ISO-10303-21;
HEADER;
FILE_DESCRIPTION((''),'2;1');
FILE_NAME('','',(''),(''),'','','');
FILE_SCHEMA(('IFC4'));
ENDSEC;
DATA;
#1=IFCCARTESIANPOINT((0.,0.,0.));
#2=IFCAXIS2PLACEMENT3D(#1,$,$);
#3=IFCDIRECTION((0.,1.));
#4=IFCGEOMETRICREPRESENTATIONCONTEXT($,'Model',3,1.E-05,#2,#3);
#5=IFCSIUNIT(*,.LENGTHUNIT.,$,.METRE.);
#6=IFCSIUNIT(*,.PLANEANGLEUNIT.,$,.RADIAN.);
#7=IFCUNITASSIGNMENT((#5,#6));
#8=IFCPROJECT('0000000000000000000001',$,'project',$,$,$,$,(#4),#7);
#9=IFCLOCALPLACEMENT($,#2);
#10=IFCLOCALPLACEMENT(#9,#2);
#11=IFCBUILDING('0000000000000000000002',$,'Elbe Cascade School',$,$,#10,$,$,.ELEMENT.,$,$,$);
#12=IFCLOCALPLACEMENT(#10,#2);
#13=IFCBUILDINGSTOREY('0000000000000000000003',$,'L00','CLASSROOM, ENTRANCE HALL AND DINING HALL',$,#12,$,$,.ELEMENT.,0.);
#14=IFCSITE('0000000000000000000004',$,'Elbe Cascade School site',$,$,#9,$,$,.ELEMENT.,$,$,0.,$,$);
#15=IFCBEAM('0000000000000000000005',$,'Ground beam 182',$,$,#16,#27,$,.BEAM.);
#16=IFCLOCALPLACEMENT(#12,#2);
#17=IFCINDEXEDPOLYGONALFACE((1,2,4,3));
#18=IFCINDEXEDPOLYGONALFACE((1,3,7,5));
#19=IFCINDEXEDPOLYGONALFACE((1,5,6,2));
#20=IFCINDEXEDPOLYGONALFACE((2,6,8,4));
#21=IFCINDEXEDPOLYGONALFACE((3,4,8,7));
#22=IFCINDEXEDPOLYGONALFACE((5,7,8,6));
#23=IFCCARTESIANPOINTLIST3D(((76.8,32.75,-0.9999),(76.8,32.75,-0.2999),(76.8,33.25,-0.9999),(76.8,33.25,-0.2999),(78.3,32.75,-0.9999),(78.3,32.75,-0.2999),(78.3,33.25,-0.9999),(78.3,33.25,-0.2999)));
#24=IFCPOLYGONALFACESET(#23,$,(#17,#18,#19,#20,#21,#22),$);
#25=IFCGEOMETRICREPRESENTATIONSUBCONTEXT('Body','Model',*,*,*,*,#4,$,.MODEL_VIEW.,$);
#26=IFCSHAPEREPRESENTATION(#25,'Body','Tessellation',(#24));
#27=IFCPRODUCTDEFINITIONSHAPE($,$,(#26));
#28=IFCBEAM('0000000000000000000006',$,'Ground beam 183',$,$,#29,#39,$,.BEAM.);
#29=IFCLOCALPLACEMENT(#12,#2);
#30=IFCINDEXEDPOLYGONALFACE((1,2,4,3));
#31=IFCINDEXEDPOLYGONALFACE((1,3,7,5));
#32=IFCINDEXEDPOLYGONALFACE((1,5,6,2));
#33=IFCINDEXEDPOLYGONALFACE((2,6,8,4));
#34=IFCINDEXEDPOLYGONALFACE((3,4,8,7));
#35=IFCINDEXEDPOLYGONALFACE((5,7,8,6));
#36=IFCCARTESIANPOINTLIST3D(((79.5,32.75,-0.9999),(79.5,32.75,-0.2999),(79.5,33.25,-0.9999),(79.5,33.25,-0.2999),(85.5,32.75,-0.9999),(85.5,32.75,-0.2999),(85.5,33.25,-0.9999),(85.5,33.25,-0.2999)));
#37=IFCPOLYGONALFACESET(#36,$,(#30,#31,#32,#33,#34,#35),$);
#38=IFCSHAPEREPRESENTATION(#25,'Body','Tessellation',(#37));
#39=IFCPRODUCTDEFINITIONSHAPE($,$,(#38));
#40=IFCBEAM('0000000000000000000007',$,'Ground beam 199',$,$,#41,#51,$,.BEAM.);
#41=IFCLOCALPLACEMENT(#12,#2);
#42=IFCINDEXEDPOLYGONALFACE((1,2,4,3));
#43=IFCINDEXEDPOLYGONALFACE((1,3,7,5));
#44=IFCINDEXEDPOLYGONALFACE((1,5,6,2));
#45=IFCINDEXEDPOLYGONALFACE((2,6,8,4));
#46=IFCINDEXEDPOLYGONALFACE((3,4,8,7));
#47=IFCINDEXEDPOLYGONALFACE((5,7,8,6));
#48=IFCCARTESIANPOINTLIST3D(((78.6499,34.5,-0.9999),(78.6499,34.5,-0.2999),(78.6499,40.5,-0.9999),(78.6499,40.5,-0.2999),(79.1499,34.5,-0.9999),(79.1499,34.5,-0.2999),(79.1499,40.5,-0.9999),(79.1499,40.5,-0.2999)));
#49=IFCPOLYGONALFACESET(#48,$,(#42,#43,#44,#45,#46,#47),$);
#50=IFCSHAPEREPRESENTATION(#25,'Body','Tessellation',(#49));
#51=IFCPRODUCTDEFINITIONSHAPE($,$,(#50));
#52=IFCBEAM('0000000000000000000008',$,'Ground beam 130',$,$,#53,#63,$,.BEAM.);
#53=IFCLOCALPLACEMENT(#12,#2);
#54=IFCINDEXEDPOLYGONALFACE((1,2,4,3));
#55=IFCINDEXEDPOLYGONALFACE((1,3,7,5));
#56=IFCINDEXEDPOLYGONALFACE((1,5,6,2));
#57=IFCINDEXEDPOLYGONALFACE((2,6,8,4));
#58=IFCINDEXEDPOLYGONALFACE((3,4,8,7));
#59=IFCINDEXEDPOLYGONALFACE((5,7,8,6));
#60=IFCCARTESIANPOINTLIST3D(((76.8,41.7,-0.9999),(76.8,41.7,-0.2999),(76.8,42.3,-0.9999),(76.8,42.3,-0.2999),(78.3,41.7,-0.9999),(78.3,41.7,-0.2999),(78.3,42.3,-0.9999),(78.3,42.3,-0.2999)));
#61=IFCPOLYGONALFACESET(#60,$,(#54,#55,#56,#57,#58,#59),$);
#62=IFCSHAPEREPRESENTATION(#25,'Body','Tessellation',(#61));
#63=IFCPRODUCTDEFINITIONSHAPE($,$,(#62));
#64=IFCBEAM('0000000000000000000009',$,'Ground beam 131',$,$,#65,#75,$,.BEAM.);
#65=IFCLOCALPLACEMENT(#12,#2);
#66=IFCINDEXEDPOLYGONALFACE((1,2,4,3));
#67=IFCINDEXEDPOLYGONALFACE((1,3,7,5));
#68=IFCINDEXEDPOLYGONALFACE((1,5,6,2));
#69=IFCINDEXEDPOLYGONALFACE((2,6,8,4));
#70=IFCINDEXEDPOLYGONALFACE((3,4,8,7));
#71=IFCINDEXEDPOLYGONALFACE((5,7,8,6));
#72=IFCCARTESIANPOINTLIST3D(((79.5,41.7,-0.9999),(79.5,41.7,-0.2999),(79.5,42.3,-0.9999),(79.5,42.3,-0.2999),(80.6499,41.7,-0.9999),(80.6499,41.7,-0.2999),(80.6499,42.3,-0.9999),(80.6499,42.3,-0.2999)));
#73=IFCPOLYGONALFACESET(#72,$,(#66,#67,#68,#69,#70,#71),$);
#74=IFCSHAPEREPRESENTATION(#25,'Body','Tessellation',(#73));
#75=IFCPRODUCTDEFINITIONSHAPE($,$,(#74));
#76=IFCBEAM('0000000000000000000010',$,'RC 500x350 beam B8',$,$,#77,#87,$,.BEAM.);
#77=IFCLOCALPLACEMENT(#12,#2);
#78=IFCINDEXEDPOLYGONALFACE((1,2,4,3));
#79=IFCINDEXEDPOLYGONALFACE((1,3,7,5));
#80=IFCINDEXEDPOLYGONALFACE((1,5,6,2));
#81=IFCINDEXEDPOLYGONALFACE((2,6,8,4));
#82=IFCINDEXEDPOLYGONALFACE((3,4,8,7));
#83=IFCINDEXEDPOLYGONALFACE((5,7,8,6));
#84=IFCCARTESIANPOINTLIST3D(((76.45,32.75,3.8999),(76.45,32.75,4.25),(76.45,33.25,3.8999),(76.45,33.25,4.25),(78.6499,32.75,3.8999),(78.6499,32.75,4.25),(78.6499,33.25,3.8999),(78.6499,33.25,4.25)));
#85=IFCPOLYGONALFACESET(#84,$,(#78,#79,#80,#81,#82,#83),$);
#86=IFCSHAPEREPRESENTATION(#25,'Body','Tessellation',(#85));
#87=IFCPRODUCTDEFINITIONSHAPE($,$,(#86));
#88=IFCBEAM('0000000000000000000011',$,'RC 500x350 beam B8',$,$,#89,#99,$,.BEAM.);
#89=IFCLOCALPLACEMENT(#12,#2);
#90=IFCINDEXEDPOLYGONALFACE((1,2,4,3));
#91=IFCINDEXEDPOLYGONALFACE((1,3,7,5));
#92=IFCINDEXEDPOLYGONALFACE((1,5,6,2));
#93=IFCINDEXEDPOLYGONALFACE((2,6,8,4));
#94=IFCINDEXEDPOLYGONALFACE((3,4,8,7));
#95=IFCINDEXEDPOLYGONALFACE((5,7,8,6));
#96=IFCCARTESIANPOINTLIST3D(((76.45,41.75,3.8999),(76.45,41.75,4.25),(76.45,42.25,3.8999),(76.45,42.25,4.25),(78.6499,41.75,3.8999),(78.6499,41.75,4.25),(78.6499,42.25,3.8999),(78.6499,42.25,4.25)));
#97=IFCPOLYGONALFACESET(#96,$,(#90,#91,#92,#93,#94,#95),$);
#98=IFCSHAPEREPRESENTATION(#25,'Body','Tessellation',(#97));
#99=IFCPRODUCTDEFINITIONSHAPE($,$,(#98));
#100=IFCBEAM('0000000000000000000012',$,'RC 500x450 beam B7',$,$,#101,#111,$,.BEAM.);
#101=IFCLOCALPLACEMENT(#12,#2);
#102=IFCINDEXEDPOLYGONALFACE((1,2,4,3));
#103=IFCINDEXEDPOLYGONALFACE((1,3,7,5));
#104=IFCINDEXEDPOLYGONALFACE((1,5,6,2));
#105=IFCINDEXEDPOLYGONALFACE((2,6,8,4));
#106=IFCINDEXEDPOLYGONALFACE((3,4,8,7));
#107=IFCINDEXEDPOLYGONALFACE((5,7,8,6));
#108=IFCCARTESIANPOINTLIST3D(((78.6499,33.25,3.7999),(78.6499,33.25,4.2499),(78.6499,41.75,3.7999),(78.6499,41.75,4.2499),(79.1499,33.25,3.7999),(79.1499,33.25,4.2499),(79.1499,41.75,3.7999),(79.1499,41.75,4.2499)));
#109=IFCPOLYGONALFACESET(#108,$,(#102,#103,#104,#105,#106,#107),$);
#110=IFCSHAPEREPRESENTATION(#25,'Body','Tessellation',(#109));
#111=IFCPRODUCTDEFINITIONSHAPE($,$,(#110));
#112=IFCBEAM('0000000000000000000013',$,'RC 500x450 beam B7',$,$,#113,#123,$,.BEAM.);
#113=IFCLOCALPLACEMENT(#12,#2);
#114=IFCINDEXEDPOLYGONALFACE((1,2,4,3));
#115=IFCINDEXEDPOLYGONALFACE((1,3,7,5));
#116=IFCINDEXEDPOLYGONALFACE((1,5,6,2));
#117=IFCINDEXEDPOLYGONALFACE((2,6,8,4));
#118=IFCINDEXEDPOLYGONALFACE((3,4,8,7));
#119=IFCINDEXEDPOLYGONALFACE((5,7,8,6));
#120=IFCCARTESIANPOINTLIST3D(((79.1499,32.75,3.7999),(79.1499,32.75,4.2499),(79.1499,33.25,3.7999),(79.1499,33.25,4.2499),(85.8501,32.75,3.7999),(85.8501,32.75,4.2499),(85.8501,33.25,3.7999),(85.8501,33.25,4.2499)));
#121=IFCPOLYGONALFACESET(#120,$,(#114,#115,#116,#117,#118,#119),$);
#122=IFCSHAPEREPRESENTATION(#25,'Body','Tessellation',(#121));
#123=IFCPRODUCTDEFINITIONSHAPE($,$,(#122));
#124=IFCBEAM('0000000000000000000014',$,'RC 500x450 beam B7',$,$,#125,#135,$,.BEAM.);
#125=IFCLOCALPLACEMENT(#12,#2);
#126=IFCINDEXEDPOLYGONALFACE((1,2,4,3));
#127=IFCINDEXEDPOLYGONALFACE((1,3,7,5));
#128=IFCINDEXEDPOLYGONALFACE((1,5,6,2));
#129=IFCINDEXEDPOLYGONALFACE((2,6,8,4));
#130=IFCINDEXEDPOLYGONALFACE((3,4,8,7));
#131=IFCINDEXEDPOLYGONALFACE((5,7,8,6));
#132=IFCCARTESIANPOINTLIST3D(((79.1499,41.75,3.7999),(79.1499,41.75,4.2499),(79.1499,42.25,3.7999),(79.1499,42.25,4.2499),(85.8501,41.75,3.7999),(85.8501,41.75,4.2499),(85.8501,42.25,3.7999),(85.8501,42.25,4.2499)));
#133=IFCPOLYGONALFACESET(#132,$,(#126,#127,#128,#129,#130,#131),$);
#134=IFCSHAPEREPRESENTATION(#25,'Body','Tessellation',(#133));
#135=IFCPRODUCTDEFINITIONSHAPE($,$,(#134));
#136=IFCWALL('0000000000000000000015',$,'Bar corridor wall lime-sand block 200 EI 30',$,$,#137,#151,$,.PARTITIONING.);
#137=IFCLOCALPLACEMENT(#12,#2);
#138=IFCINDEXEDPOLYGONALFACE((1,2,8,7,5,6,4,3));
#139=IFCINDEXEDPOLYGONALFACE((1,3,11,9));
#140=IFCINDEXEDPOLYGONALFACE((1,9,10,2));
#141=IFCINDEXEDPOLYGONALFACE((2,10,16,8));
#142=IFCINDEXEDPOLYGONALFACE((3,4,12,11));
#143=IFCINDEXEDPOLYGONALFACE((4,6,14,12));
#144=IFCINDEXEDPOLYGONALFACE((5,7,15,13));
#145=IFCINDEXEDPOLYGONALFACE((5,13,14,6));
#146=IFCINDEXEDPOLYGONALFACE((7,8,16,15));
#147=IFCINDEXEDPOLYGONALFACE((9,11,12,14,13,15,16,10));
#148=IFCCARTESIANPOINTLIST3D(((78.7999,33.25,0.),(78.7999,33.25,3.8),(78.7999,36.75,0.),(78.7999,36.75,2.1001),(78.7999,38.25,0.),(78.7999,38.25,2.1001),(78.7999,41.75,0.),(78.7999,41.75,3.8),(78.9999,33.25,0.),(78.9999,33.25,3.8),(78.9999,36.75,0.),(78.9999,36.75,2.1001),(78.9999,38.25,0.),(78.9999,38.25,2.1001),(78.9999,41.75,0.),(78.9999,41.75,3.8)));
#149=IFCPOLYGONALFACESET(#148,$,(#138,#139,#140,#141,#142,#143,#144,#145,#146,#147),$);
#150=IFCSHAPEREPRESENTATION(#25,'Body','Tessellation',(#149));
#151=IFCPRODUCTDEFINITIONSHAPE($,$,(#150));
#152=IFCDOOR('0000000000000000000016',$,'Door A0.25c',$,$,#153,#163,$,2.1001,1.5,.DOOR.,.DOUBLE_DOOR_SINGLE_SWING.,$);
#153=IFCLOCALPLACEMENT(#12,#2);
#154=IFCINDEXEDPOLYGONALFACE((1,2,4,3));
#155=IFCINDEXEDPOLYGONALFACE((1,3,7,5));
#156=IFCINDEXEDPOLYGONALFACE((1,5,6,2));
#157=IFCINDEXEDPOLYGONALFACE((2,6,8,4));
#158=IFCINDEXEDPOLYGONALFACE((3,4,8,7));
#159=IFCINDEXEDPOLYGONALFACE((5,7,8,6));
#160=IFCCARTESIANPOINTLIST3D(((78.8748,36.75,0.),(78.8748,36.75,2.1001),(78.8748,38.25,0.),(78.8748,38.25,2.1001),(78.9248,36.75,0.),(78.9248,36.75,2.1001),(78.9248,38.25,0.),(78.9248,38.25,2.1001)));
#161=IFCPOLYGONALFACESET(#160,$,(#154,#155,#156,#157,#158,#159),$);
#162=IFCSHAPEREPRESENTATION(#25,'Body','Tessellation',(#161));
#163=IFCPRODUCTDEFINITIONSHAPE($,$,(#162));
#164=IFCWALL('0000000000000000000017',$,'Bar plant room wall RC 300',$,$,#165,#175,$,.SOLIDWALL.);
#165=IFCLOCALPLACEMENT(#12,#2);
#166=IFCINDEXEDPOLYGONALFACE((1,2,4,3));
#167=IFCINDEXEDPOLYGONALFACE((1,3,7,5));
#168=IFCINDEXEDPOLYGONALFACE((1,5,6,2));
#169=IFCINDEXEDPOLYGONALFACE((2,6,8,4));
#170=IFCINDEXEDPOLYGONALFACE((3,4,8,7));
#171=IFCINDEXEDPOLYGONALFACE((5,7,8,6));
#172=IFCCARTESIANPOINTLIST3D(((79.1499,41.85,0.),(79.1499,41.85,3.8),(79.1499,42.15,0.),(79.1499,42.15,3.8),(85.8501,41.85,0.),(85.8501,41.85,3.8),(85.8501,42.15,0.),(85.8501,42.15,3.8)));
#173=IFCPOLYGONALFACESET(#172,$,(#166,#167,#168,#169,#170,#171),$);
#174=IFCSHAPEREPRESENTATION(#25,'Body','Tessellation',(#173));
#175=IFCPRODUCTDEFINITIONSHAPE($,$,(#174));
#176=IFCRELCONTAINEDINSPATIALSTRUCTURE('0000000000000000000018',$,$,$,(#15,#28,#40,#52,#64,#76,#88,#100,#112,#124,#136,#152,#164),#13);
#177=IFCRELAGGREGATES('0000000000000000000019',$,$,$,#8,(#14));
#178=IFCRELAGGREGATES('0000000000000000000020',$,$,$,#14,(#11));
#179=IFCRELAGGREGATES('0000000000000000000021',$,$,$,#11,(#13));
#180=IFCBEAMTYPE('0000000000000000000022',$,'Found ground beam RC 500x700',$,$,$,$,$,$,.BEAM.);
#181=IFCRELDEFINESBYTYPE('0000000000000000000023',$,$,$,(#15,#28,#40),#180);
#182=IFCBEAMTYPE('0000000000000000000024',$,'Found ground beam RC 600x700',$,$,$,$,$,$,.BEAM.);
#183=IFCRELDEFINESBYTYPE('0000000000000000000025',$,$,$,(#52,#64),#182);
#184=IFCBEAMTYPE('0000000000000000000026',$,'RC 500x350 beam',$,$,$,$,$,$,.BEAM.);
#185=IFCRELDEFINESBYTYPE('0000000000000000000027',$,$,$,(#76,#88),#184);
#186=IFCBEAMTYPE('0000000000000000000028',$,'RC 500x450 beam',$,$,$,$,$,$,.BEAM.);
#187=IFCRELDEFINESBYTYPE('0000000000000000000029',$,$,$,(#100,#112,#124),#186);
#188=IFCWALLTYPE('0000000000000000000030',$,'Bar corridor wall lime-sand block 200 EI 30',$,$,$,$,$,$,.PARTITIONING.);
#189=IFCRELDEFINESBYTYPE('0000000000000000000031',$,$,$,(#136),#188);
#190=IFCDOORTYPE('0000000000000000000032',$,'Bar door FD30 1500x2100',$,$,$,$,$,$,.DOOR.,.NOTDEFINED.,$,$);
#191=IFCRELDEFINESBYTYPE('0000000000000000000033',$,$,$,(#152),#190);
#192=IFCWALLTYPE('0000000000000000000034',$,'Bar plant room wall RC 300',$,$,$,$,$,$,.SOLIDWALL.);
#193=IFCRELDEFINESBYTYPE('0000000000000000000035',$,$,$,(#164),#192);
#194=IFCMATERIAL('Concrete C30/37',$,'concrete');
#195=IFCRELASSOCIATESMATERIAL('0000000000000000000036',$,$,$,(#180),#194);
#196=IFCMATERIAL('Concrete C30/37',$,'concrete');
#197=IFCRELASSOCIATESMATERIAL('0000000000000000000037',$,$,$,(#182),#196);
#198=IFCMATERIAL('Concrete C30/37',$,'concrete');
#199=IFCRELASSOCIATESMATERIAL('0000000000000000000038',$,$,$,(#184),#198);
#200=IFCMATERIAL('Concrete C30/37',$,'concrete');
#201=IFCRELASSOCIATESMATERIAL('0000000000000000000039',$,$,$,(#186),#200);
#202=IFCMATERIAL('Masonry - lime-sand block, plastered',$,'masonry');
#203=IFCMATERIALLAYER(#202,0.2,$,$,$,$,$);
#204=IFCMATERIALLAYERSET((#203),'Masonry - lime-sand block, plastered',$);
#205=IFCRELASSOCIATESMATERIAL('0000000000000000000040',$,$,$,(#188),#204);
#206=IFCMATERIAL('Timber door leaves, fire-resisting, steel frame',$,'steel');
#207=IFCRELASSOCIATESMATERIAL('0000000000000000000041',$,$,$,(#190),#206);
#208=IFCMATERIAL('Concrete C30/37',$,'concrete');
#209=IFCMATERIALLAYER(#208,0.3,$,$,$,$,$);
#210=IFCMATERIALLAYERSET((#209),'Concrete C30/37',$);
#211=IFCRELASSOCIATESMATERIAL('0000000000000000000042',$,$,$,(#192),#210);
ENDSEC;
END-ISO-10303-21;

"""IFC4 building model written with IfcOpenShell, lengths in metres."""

from ifc_helpers import new_model, si_unit, direction, frame, frame_2d, origin, origin_2d, place, context, subcontext, project, spatial, rectangle, extrude, material, layer, layer_set, material_profile, profile_set, type_object, element, fill, save


model = new_model("IFC4")

# Units and contexts
model_context = context("Model", 3, precision=1e-05, world=origin(), true_north=direction((0.0, 1.0)))
body_context = subcontext(model_context, "Body", "Model", "MODEL_VIEW")
ifc_project = project(units=[si_unit("LENGTHUNIT", "METRE"), si_unit("PLANEANGLEUNIT", "RADIAN")], contexts=[model_context])

# Site, building, storey
site_placement = place(None, origin())
site = spatial("IfcSite", under=ifc_project, at=site_placement, Name="Elbe Cascade School site", CompositionType="ELEMENT", RefElevation=0.0)
building_placement = place(site_placement, origin())
building = spatial("IfcBuilding", under=site, at=building_placement, Name="Elbe Cascade School", CompositionType="ELEMENT")
storey_placement = place(building_placement, origin())
storey = spatial("IfcBuildingStorey", under=building, at=storey_placement, Name="L00", Description="CLASSROOM, ENTRANCE HALL AND DINING HALL", CompositionType="ELEMENT", Elevation=0.0)

# Beams
ifc_material_1 = material(Name="Concrete C30/37", Category="concrete")
ifc_material_profile_1 = material_profile(ifc_material_1, rectangle(XDim=0.5, YDim=0.7, at=origin_2d()), Name="RC 500x700")
ifc_profile_set_1 = profile_set([ifc_material_profile_1], Name="Concrete C30/37")
beam_type_1 = type_object("IfcBeamType", Name="Found ground beam RC 500x700", PredefinedType="BEAM", material=ifc_profile_set_1)
beam_1_placement = place(storey_placement, frame((76.8, 33.0, -0.6499), z_axis=(1.0, 0.0, 0.0), x_axis=(0.0, 1.0, 0.0)))
element("IfcBeam", 1, at=beam_1_placement, inside=storey, type_object=beam_type_1, Name="Ground beam 182", PredefinedType="BEAM", context=body_context, shape_type="SweptSolid", body=[
    extrude(rectangle(XDim=0.5, YDim=0.7, at=origin_2d()), origin(), (0.0, 0.0, 1.0), 1.5),
])
for number, where, z_axis, x_axis, name in (
    (2, (79.5, 33.0, -0.6499), (1.0, 0.0, 0.0), (0.0, 1.0, 0.0), "Ground beam 183"),
    (3, (78.8999, 34.5, -0.6499), (0.0, 1.0, 0.0), (-1.0, 0.0, 0.0), "Ground beam 199"),
):
    element("IfcBeam", number, at=place(storey_placement, frame(where, z_axis=z_axis, x_axis=x_axis)), inside=storey, type_object=beam_type_1, Name=name, PredefinedType="BEAM", context=body_context, shape_type="SweptSolid", body=[
        extrude(rectangle(XDim=0.5, YDim=0.7, at=origin_2d()), origin(), (0.0, 0.0, 1.0), 6.0),
    ])
ifc_material_2 = material(Name="Concrete C30/37", Category="concrete")
ifc_material_profile_2 = material_profile(ifc_material_2, rectangle(XDim=0.6001, YDim=0.7, at=origin_2d()), Name="RC 600x700")
ifc_profile_set_2 = profile_set([ifc_material_profile_2], Name="Concrete C30/37")
beam_type_2 = type_object("IfcBeamType", Name="Found ground beam RC 600x700", PredefinedType="BEAM", material=ifc_profile_set_2)
beam_2_placement = place(storey_placement, frame((76.8, 42.0, -0.6499), z_axis=(1.0, 0.0, 0.0), x_axis=(0.0, 1.0, 0.0)))
element("IfcBeam", 4, at=beam_2_placement, inside=storey, type_object=beam_type_2, Name="Ground beam 130", PredefinedType="BEAM", context=body_context, shape_type="SweptSolid", body=[
    extrude(rectangle(XDim=0.6001, YDim=0.7, at=origin_2d()), origin(), (0.0, 0.0, 1.0), 1.5),
])
beam_3_placement = place(storey_placement, frame((79.5, 42.0, -0.6499), z_axis=(1.0, 0.0, 0.0), x_axis=(0.0, 1.0, 0.0)))
element("IfcBeam", 5, at=beam_3_placement, inside=storey, type_object=beam_type_2, Name="Ground beam 131", PredefinedType="BEAM", context=body_context, shape_type="SweptSolid", body=[
    extrude(rectangle(XDim=0.6001, YDim=0.7, at=origin_2d()), origin(), (0.0, 0.0, 1.0), 1.1499),
])
ifc_material_3 = material(Name="Concrete C30/37", Category="concrete")
ifc_material_profile_3 = material_profile(ifc_material_3, rectangle(XDim=0.5, YDim=0.3501, at=origin_2d()), Name="RC 500x350")
ifc_profile_set_3 = profile_set([ifc_material_profile_3], Name="Concrete C30/37")
beam_type_3 = type_object("IfcBeamType", Name="RC 500x350 beam", PredefinedType="BEAM", material=ifc_profile_set_3)
for number, where, z_axis, x_axis, name in (
    (6, (76.45, 33.0, 4.075), (1.0, 0.0, 0.0), (0.0, 1.0, 0.0), "RC 500x350 beam B8"),
    (7, (76.45, 42.0, 4.075), (1.0, 0.0, 0.0), (0.0, 1.0, 0.0), "RC 500x350 beam B8"),
):
    element("IfcBeam", number, at=place(storey_placement, frame(where, z_axis=z_axis, x_axis=x_axis)), inside=storey, type_object=beam_type_3, Name=name, PredefinedType="BEAM", context=body_context, shape_type="SweptSolid", body=[
        extrude(rectangle(XDim=0.5, YDim=0.3501, at=origin_2d()), origin(), (0.0, 0.0, 1.0), 2.2),
    ])
ifc_material_4 = material(Name="Concrete C30/37", Category="concrete")
ifc_material_profile_4 = material_profile(ifc_material_4, rectangle(XDim=0.5, YDim=0.45, at=origin_2d()), Name="RC 500x450")
ifc_profile_set_4 = profile_set([ifc_material_profile_4], Name="Concrete C30/37")
beam_type_4 = type_object("IfcBeamType", Name="RC 500x450 beam", PredefinedType="BEAM", material=ifc_profile_set_4)
beam_4_placement = place(storey_placement, frame((78.8999, 33.25, 4.0249), z_axis=(0.0, 1.0, 0.0), x_axis=(-1.0, 0.0, 0.0)))
element("IfcBeam", 8, at=beam_4_placement, inside=storey, type_object=beam_type_4, Name="RC 500x450 beam B7", PredefinedType="BEAM", context=body_context, shape_type="SweptSolid", body=[
    extrude(rectangle(XDim=0.5, YDim=0.45, at=origin_2d()), origin(), (0.0, 0.0, 1.0), 8.5),
])
for number, where, z_axis, x_axis, name in (
    (9, (79.1499, 33.0, 4.0249), (1.0, 0.0, 0.0), (0.0, 1.0, 0.0), "RC 500x450 beam B7"),
    (10, (79.1499, 42.0, 4.0249), (1.0, 0.0, 0.0), (0.0, 1.0, 0.0), "RC 500x450 beam B7"),
):
    element("IfcBeam", number, at=place(storey_placement, frame(where, z_axis=z_axis, x_axis=x_axis)), inside=storey, type_object=beam_type_4, Name=name, PredefinedType="BEAM", context=body_context, shape_type="SweptSolid", body=[
        extrude(rectangle(XDim=0.5, YDim=0.45, at=origin_2d()), origin(), (0.0, 0.0, 1.0), 6.7002),
    ])

# Wall, opening, door
ifc_material_5 = material(Name="Masonry - lime-sand block, plastered", Category="masonry")
ifc_layer_1 = layer(ifc_material_5, 0.2)
ifc_layer_set_1 = layer_set([ifc_layer_1], Name="Masonry - lime-sand block, plastered")
wall_type_1 = type_object("IfcWallType", Name="Bar corridor wall lime-sand block 200 EI 30", PredefinedType="PARTITIONING", material=ifc_layer_set_1)
wall_1_placement = place(storey_placement, frame((78.8999, 41.75, 0.0), z_axis=(0.0, 0.0, 1.0), x_axis=(0.0, -1.0, 0.0)))
wall_1 = element("IfcWall", 11, at=wall_1_placement, inside=storey, type_object=wall_type_1, Name="Bar corridor wall lime-sand block 200 EI 30", PredefinedType="PARTITIONING", context=body_context, shape_type="SweptSolid", body=[
    extrude(rectangle(XDim=8.5, YDim=0.2, at=frame_2d((4.25, 0.0))), origin(), (0.0, 0.0, 1.0), 3.8),
])
opening_placement = place(wall_1_placement, frame((3.5, 0.0, 0.0)))
opening = element("IfcOpeningElement", 12, at=opening_placement, cuts=wall_1, PredefinedType="OPENING", context=body_context, shape_type="SweptSolid", body=[
    extrude(rectangle(XDim=1.5, YDim=2.1001, at=frame_2d((0.75, 1.05))), frame((0.0, 0.1099, 0.0), z_axis=(0.0, -1.0, 0.0), x_axis=(1.0, 0.0, 0.0)), (0.0, 0.0, 1.0), 0.22),
])
ifc_material_6 = material(Name="Timber door leaves, fire-resisting, steel frame", Category="steel")
door_type = type_object("IfcDoorType", Name="Bar door FD30 1500x2100", OperationType="NOTDEFINED", PredefinedType="DOOR", material=ifc_material_6)
door_placement = place(opening_placement, origin())
door = element("IfcDoor", 13, at=door_placement, inside=storey, type_object=door_type, Name="Door A0.25c", OperationType="DOUBLE_DOOR_SINGLE_SWING", OverallHeight=2.1001, OverallWidth=1.5, PredefinedType="DOOR", context=body_context, shape_type="SweptSolid", body=[
    extrude(rectangle(XDim=1.5, YDim=2.1001, at=frame_2d((0.75, 1.05))), frame((0.0, 0.0249, 0.0), z_axis=(0.0, -1.0, 0.0), x_axis=(1.0, 0.0, 0.0)), (0.0, 0.0, 1.0), 0.05),
])
fill(opening, door)

# Wall
ifc_material_7 = material(Name="Concrete C30/37", Category="concrete")
ifc_layer_2 = layer(ifc_material_7, 0.3)
ifc_layer_set_2 = layer_set([ifc_layer_2], Name="Concrete C30/37")
wall_type_2 = type_object("IfcWallType", Name="Bar plant room wall RC 300", PredefinedType="SOLIDWALL", material=ifc_layer_set_2)
wall_2_placement = place(storey_placement, frame((79.1499, 42.0, 0.0), z_axis=(0.0, 0.0, 1.0), x_axis=(1.0, 0.0, 0.0)))
element("IfcWall", 14, at=wall_2_placement, inside=storey, type_object=wall_type_2, Name="Bar plant room wall RC 300", PredefinedType="SOLIDWALL", context=body_context, shape_type="SweptSolid", body=[
    extrude(rectangle(XDim=6.7002, YDim=0.3, at=frame_2d((3.3501, 0.0))), origin(), (0.0, 0.0, 1.0), 3.8),
])

save(model, "model.ifc")
